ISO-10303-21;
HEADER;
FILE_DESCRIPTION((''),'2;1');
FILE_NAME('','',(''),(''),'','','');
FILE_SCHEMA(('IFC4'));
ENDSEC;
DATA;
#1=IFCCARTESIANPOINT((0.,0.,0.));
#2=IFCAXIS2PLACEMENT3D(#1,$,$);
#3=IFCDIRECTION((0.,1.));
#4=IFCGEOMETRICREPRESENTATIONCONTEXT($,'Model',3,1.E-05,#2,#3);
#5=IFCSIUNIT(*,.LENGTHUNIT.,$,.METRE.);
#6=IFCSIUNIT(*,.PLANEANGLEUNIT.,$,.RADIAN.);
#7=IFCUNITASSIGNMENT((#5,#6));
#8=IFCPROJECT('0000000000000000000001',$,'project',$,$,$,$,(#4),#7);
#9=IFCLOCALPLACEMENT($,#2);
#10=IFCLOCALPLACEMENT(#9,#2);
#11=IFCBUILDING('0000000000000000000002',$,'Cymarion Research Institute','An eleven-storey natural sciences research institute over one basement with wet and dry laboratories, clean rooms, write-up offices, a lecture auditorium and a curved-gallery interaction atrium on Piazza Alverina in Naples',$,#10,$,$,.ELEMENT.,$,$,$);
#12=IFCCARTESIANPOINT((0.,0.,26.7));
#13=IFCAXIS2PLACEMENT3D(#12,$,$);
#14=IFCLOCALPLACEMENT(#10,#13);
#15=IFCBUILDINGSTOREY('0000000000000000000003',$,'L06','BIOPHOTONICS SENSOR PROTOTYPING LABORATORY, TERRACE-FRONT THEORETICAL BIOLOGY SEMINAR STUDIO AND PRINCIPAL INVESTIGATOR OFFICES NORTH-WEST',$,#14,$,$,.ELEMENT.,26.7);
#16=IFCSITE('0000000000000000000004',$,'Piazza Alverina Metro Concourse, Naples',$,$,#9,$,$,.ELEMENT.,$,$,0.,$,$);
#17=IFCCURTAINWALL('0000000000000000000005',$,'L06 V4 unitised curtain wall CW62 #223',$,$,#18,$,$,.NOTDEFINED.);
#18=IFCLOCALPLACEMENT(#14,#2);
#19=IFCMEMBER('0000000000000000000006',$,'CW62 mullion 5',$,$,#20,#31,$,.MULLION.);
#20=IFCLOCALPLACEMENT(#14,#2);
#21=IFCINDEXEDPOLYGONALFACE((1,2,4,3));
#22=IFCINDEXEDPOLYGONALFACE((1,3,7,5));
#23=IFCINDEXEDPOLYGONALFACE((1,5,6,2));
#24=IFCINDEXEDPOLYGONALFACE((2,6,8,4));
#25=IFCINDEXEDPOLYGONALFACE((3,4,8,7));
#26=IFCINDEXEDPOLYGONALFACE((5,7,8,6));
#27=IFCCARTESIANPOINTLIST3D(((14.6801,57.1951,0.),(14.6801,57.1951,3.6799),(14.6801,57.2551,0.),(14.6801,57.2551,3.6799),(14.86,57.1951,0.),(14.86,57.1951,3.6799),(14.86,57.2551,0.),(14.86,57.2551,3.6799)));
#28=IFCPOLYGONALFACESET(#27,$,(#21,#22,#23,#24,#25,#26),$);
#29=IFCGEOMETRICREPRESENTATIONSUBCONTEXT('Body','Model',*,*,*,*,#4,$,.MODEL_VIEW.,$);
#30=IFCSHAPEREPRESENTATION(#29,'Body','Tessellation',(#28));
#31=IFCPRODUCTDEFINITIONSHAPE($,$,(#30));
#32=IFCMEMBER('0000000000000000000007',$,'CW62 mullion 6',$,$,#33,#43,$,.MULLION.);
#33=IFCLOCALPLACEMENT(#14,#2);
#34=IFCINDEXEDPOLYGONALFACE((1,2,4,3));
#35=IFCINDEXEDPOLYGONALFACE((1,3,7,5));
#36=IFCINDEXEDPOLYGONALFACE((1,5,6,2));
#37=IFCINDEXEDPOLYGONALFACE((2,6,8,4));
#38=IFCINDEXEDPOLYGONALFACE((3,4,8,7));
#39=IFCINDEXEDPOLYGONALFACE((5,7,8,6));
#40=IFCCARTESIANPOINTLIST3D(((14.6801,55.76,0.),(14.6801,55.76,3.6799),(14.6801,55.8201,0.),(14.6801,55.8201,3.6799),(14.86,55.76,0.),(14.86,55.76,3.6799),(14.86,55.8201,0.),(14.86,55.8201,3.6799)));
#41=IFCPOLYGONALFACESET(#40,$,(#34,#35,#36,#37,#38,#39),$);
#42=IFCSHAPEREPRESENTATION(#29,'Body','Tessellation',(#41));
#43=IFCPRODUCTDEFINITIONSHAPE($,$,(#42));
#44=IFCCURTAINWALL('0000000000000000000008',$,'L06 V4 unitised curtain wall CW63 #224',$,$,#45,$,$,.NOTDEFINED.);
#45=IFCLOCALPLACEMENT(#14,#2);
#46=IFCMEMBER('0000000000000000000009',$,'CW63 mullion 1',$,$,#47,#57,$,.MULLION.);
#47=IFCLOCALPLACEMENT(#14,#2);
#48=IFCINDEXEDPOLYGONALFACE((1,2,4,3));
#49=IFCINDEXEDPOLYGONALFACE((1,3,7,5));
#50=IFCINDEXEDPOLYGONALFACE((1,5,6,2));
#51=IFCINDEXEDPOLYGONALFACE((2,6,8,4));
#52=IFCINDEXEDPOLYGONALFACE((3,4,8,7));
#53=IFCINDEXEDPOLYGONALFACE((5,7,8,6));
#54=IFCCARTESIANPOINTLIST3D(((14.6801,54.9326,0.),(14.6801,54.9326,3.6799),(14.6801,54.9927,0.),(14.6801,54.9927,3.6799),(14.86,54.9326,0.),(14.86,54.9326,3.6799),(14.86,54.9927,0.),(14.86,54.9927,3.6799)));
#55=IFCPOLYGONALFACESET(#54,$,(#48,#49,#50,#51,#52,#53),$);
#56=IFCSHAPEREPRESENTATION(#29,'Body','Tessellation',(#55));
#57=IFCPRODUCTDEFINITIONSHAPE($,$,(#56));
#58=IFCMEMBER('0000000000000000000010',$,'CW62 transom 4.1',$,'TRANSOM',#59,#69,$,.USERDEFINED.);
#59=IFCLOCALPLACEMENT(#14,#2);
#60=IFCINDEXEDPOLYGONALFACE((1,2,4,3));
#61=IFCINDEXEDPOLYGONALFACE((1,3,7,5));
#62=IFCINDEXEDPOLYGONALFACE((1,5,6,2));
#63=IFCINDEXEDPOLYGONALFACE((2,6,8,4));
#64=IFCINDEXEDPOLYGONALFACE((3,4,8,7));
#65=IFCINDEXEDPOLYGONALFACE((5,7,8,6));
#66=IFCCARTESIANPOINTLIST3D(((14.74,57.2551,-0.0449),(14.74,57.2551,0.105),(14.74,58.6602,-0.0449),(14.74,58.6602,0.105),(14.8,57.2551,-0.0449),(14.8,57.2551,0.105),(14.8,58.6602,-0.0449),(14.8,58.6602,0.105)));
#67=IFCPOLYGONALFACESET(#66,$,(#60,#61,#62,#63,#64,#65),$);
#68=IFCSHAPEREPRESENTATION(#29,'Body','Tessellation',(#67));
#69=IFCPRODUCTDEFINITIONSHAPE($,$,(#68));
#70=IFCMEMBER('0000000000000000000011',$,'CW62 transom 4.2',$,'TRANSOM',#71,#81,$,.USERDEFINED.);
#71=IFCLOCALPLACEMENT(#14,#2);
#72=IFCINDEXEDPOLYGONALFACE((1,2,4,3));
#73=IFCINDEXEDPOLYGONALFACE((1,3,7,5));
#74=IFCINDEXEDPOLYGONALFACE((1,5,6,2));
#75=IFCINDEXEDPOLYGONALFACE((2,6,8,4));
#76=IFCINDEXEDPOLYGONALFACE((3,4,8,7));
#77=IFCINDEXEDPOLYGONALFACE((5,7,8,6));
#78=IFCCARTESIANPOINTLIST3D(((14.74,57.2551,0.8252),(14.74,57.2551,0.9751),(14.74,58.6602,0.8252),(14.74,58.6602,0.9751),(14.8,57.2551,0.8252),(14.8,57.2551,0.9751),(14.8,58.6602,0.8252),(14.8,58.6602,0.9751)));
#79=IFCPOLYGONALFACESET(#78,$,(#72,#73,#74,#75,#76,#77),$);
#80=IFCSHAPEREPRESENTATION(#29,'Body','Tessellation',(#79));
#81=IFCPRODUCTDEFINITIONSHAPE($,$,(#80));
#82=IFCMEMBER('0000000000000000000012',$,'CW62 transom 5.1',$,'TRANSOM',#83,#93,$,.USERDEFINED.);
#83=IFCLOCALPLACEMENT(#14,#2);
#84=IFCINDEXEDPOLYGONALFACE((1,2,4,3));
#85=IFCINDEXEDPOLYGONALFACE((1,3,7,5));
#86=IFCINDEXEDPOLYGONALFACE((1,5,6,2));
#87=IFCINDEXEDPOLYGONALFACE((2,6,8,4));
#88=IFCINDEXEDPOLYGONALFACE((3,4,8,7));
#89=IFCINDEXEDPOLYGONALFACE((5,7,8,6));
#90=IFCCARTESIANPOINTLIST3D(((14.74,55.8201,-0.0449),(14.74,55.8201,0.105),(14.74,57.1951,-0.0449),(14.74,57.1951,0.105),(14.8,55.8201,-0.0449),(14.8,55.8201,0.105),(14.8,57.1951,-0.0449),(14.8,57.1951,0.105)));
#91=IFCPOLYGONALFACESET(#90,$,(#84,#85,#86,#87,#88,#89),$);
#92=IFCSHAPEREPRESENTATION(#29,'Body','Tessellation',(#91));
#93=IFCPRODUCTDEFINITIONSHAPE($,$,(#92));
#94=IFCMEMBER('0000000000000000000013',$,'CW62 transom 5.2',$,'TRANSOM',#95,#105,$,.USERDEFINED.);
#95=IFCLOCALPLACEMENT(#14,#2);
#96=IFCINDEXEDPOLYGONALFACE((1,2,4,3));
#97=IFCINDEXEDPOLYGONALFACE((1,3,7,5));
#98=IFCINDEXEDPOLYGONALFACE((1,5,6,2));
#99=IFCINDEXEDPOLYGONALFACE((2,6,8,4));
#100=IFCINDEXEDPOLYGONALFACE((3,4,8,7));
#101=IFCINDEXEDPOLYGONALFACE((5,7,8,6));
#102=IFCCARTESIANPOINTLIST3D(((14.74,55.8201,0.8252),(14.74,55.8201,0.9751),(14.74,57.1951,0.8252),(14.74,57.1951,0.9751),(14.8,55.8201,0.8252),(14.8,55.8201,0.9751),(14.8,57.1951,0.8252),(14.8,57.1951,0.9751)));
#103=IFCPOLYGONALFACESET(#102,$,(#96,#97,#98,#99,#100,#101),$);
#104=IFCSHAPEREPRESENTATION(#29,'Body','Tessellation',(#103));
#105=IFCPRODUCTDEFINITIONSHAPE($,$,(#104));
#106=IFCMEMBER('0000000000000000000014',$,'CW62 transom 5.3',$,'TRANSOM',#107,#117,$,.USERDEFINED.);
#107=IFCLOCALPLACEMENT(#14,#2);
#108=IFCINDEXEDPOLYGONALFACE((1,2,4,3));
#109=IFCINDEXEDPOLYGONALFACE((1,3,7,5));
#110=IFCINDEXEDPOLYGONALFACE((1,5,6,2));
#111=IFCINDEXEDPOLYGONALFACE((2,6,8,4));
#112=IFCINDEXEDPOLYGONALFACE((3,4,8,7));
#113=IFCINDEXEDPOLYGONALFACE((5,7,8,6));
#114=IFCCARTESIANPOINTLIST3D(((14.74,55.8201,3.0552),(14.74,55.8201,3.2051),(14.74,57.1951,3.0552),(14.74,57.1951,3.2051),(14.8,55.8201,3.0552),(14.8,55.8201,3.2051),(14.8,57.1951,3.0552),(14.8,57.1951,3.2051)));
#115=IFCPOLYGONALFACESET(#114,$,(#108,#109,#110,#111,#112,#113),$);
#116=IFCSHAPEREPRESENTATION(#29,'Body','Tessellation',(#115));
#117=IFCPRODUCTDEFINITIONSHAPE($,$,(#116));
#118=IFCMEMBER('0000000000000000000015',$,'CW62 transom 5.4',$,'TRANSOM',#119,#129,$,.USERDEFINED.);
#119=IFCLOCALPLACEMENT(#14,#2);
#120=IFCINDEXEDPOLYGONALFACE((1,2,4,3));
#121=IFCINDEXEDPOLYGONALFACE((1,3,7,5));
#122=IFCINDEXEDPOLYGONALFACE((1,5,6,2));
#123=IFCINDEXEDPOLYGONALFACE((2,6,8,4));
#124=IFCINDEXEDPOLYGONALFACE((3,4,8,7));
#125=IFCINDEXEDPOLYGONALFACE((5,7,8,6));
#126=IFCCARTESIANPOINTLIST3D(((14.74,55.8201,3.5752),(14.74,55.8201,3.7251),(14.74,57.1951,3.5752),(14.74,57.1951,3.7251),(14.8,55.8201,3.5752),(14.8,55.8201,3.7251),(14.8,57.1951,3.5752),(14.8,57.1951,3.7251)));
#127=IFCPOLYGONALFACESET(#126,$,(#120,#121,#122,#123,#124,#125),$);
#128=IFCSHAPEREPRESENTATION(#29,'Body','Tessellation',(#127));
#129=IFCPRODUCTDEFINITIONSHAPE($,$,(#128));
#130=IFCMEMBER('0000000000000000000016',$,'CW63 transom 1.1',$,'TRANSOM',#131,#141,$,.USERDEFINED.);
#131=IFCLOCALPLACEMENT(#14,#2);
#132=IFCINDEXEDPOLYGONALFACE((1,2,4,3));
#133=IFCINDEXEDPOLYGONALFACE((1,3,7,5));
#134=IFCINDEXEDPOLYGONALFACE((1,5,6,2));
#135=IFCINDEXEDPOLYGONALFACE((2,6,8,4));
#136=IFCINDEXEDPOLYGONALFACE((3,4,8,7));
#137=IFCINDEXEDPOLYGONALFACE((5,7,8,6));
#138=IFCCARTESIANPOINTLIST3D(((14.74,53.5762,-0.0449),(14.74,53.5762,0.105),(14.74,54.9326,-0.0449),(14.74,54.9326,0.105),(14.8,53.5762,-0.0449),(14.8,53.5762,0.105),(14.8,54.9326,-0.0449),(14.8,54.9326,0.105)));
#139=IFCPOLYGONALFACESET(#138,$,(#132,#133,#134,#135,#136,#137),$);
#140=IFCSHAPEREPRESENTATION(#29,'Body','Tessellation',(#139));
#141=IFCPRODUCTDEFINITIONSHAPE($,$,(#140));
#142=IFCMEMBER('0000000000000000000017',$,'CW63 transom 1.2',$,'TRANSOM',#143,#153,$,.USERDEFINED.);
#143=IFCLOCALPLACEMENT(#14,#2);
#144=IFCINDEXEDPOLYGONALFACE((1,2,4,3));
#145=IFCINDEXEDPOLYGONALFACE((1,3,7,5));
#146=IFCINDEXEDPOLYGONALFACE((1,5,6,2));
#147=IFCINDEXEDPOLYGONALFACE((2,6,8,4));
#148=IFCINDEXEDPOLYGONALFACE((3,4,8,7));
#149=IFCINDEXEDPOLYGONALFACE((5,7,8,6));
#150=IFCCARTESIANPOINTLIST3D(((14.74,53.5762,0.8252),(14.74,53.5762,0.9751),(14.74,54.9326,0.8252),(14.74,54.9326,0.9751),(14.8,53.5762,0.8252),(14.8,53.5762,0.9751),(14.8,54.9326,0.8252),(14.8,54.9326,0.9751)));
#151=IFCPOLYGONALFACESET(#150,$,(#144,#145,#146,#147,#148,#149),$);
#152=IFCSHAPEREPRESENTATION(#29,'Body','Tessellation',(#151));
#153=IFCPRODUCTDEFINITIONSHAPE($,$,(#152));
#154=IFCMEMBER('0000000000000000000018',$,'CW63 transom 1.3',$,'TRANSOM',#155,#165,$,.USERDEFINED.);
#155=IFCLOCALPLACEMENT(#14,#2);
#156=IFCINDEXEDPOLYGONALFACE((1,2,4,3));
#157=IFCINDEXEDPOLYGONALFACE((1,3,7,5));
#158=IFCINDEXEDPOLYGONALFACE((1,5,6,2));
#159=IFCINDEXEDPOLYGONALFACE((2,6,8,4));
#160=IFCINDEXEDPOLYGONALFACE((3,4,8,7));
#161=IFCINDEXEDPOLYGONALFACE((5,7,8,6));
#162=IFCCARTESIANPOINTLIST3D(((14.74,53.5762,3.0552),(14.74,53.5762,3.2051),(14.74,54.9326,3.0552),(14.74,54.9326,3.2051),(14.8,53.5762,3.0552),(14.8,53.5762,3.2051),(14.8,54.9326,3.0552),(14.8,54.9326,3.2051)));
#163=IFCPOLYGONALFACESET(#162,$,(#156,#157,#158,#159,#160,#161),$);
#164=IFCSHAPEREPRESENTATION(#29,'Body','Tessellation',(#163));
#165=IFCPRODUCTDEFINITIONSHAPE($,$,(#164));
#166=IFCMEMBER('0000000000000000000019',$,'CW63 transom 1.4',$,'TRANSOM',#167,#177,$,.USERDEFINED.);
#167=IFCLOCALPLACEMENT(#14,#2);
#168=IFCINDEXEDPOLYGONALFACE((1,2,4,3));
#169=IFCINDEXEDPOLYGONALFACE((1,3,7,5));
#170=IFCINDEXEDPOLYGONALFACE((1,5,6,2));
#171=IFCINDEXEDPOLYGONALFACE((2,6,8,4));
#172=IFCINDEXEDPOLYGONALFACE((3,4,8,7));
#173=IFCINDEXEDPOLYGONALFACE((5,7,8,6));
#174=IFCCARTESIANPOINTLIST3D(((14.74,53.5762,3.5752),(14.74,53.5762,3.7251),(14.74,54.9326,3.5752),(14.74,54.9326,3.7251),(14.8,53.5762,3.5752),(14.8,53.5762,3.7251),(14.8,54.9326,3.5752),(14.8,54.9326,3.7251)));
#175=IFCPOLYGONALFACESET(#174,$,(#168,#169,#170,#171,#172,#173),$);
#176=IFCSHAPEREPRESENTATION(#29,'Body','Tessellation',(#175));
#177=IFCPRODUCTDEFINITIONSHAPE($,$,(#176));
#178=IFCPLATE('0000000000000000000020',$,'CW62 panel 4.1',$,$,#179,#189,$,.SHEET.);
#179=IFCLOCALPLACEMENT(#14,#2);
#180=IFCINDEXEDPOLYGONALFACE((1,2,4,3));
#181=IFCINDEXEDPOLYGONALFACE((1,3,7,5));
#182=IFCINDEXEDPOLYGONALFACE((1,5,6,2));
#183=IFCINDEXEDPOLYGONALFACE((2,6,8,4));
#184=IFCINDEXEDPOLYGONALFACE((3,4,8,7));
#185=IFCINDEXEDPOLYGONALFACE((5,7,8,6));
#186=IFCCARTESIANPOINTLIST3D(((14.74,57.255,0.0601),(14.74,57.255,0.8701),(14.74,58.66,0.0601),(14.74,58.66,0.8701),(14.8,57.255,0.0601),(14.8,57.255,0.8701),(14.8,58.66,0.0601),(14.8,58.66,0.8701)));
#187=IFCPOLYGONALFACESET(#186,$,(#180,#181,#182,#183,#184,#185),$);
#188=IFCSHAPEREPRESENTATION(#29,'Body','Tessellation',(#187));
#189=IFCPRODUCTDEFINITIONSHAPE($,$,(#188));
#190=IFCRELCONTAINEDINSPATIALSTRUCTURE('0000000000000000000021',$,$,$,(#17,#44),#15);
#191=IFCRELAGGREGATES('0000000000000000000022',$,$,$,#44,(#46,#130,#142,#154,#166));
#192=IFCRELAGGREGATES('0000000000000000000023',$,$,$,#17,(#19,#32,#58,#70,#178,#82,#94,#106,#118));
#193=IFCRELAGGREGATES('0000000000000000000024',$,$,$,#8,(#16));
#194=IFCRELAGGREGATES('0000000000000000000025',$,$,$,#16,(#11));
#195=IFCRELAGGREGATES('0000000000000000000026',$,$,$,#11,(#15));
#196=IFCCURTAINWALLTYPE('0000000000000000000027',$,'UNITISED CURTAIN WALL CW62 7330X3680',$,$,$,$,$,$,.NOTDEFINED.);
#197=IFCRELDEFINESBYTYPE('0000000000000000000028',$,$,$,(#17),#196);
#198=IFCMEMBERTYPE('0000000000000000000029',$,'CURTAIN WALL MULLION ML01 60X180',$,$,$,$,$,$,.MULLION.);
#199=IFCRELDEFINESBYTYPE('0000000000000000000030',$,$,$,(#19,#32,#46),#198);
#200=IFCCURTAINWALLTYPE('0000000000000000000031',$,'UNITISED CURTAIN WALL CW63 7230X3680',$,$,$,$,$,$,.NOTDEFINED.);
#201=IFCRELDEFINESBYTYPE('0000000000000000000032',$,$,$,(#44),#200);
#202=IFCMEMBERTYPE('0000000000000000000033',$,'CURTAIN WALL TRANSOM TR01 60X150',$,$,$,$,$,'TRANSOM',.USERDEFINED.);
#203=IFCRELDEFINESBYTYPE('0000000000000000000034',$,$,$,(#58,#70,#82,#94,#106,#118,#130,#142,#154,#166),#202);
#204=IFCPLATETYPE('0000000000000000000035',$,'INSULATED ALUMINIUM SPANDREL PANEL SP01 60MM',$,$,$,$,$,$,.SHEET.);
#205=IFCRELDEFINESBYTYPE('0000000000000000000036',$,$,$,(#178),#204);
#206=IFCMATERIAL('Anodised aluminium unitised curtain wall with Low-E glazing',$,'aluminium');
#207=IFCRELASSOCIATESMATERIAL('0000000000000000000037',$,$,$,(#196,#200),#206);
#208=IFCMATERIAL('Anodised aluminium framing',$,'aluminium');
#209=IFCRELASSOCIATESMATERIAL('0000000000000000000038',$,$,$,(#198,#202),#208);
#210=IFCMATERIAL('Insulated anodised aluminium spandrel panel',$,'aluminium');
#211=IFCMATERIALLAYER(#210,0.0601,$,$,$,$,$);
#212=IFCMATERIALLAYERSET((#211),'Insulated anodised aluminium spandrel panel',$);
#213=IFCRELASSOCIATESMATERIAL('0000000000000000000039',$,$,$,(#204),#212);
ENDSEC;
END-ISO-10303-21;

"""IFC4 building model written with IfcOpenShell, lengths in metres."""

from ifc_helpers import new_model, si_unit, direction, frame, origin, origin_2d, place, context, subcontext, project, spatial, rectangle, extrude, material, layer, layer_set, material_profile, profile_set, type_object, element, aggregate, save


model = new_model("IFC4")

# Units and contexts
model_context = context("Model", 3, precision=1e-05, world=origin(), true_north=direction((0.0, 1.0)))
body_context = subcontext(model_context, "Body", "Model", "MODEL_VIEW")
ifc_project = project(units=[si_unit("LENGTHUNIT", "METRE"), si_unit("PLANEANGLEUNIT", "RADIAN")], contexts=[model_context])

# Site, building, storey
site_placement = place(None, origin())
site = spatial("IfcSite", under=ifc_project, at=site_placement, Name="Piazza Alverina Metro Concourse, Naples", CompositionType="ELEMENT", RefElevation=0.0)
building_placement = place(site_placement, origin())
building = spatial("IfcBuilding", under=site, at=building_placement, Name="Cymarion Research Institute", Description="An eleven-storey natural sciences research institute over one basement with wet and dry laboratories, clean rooms, write-up offices, a lecture auditorium and a curved-gallery interaction atrium on Piazza Alverina in Naples", CompositionType="ELEMENT")
storey_placement = place(building_placement, frame((0.0, 0.0, 26.7)))
storey = spatial("IfcBuildingStorey", under=building, at=storey_placement, Name="L06", Description="BIOPHOTONICS SENSOR PROTOTYPING LABORATORY, TERRACE-FRONT THEORETICAL BIOLOGY SEMINAR STUDIO AND PRINCIPAL INVESTIGATOR OFFICES NORTH-WEST", CompositionType="ELEMENT", Elevation=26.7)

# Curtain wall, members
ifc_material_1 = material(Name="Anodised aluminium unitised curtain wall with Low-E glazing", Category="aluminium")
curtain_wall_type_1 = type_object("IfcCurtainWallType", Name="UNITISED CURTAIN WALL CW62 7330X3680", PredefinedType="NOTDEFINED", material=ifc_material_1)
curtain_wall_1_placement = place(storey_placement, origin())
curtain_wall_1 = element("IfcCurtainWall", 1, at=curtain_wall_1_placement, inside=storey, type_object=curtain_wall_type_1, Name="L06 V4 unitised curtain wall CW62 #223", PredefinedType="NOTDEFINED")
ifc_material_2 = material(Name="Anodised aluminium framing", Category="aluminium")
ifc_material_profile_1 = material_profile(ifc_material_2, rectangle(XDim=0.0601, YDim=0.1799, at=origin_2d()), Name="ALU MULLION 60x180")
ifc_profile_set_1 = profile_set([ifc_material_profile_1], Name="Anodised aluminium framing")
member_type_1 = type_object("IfcMemberType", Name="CURTAIN WALL MULLION ML01 60X180", PredefinedType="MULLION", material=ifc_profile_set_1)
member_1_placement = place(storey_placement, frame((14.77, 57.2251, 0.0), z_axis=(0.0, 0.0, 1.0), x_axis=(0.0, -1.0, 0.0)))
member_1 = element("IfcMember", 2, at=member_1_placement, type_object=member_type_1, Name="CW62 mullion 5", PredefinedType="MULLION", context=body_context, shape_type="SweptSolid", body=[
    extrude(rectangle(XDim=0.0601, YDim=0.1799, at=origin_2d()), origin(), (0.0, 0.0, 1.0), 3.6799),
])
member_2_placement = place(storey_placement, frame((14.77, 55.79, 0.0), z_axis=(0.0, 0.0, 1.0), x_axis=(0.0, -1.0, 0.0)))
member_2 = element("IfcMember", 3, at=member_2_placement, type_object=member_type_1, Name="CW62 mullion 6", PredefinedType="MULLION", context=body_context, shape_type="SweptSolid", body=[
    extrude(rectangle(XDim=0.0601, YDim=0.1799, at=origin_2d()), origin(), (0.0, 0.0, 1.0), 3.6799),
])

# Curtain wall, member
curtain_wall_type_2 = type_object("IfcCurtainWallType", Name="UNITISED CURTAIN WALL CW63 7230X3680", PredefinedType="NOTDEFINED", material=ifc_material_1)
curtain_wall_2_placement = place(storey_placement, origin())
curtain_wall_2 = element("IfcCurtainWall", 4, at=curtain_wall_2_placement, inside=storey, type_object=curtain_wall_type_2, Name="L06 V4 unitised curtain wall CW63 #224", PredefinedType="NOTDEFINED")
member_3_placement = place(storey_placement, frame((14.77, 54.9626, 0.0), z_axis=(0.0, 0.0, 1.0), x_axis=(0.0, -1.0, 0.0)))
member_3 = element("IfcMember", 5, at=member_3_placement, type_object=member_type_1, Name="CW63 mullion 1", PredefinedType="MULLION", context=body_context, shape_type="SweptSolid", body=[
    extrude(rectangle(XDim=0.0601, YDim=0.1799, at=origin_2d()), origin(), (0.0, 0.0, 1.0), 3.6799),
])

# Members
ifc_material_profile_2 = material_profile(ifc_material_2, rectangle(XDim=0.0601, YDim=0.1499, at=origin_2d()), Name="ALU TRANSOM 60x150")
ifc_profile_set_2 = profile_set([ifc_material_profile_2], Name="Anodised aluminium framing")
member_type_2 = type_object("IfcMemberType", Name="CURTAIN WALL TRANSOM TR01 60X150", ElementType="TRANSOM", PredefinedType="USERDEFINED", material=ifc_profile_set_2)
member_4_placement = place(storey_placement, frame((14.77, 58.6602, 0.03), z_axis=(0.0, -1.0, 0.0), x_axis=(1.0, 0.0, 0.0)))
member_4 = element("IfcMember", 6, at=member_4_placement, type_object=member_type_2, Name="CW62 transom 4.1", ObjectType="TRANSOM", PredefinedType="USERDEFINED", context=body_context, shape_type="SweptSolid", body=[
    extrude(rectangle(XDim=0.0601, YDim=0.1499, at=origin_2d()), origin(), (0.0, 0.0, 1.0), 1.405),
])
member_5_placement = place(storey_placement, frame((14.77, 58.6602, 0.9001), z_axis=(0.0, -1.0, 0.0), x_axis=(1.0, 0.0, 0.0)))
member_5 = element("IfcMember", 7, at=member_5_placement, type_object=member_type_2, Name="CW62 transom 4.2", ObjectType="TRANSOM", PredefinedType="USERDEFINED", context=body_context, shape_type="SweptSolid", body=[
    extrude(rectangle(XDim=0.0601, YDim=0.1499, at=origin_2d()), origin(), (0.0, 0.0, 1.0), 1.405),
])
member_6_placement = place(storey_placement, frame((14.77, 57.1951, 0.03), z_axis=(0.0, -1.0, 0.0), x_axis=(1.0, 0.0, 0.0)))
member_6 = element("IfcMember", 8, at=member_6_placement, type_object=member_type_2, Name="CW62 transom 5.1", ObjectType="TRANSOM", PredefinedType="USERDEFINED", context=body_context, shape_type="SweptSolid", body=[
    extrude(rectangle(XDim=0.0601, YDim=0.1499, at=origin_2d()), origin(), (0.0, 0.0, 1.0), 1.375),
])
member_7_placement = place(storey_placement, frame((14.77, 57.1951, 0.9001), z_axis=(0.0, -1.0, 0.0), x_axis=(1.0, 0.0, 0.0)))
member_7 = element("IfcMember", 9, at=member_7_placement, type_object=member_type_2, Name="CW62 transom 5.2", ObjectType="TRANSOM", PredefinedType="USERDEFINED", context=body_context, shape_type="SweptSolid", body=[
    extrude(rectangle(XDim=0.0601, YDim=0.1499, at=origin_2d()), origin(), (0.0, 0.0, 1.0), 1.375),
])
member_8_placement = place(storey_placement, frame((14.77, 57.1951, 3.1301), z_axis=(0.0, -1.0, 0.0), x_axis=(1.0, 0.0, 0.0)))
member_8 = element("IfcMember", 10, at=member_8_placement, type_object=member_type_2, Name="CW62 transom 5.3", ObjectType="TRANSOM", PredefinedType="USERDEFINED", context=body_context, shape_type="SweptSolid", body=[
    extrude(rectangle(XDim=0.0601, YDim=0.1499, at=origin_2d()), origin(), (0.0, 0.0, 1.0), 1.375),
])
member_9_placement = place(storey_placement, frame((14.77, 57.1951, 3.6501), z_axis=(0.0, -1.0, 0.0), x_axis=(1.0, 0.0, 0.0)))
member_9 = element("IfcMember", 11, at=member_9_placement, type_object=member_type_2, Name="CW62 transom 5.4", ObjectType="TRANSOM", PredefinedType="USERDEFINED", context=body_context, shape_type="SweptSolid", body=[
    extrude(rectangle(XDim=0.0601, YDim=0.1499, at=origin_2d()), origin(), (0.0, 0.0, 1.0), 1.375),
])
member_10_placement = place(storey_placement, frame((14.77, 54.9326, 0.03), z_axis=(0.0, -1.0, 0.0), x_axis=(1.0, 0.0, 0.0)))
member_10 = element("IfcMember", 12, at=member_10_placement, type_object=member_type_2, Name="CW63 transom 1.1", ObjectType="TRANSOM", PredefinedType="USERDEFINED", context=body_context, shape_type="SweptSolid", body=[
    extrude(rectangle(XDim=0.0601, YDim=0.1499, at=origin_2d()), origin(), (0.0, 0.0, 1.0), 1.3564),
])
member_11_placement = place(storey_placement, frame((14.77, 54.9326, 0.9001), z_axis=(0.0, -1.0, 0.0), x_axis=(1.0, 0.0, 0.0)))
member_11 = element("IfcMember", 13, at=member_11_placement, type_object=member_type_2, Name="CW63 transom 1.2", ObjectType="TRANSOM", PredefinedType="USERDEFINED", context=body_context, shape_type="SweptSolid", body=[
    extrude(rectangle(XDim=0.0601, YDim=0.1499, at=origin_2d()), origin(), (0.0, 0.0, 1.0), 1.3564),
])
member_12_placement = place(storey_placement, frame((14.77, 54.9326, 3.1301), z_axis=(0.0, -1.0, 0.0), x_axis=(1.0, 0.0, 0.0)))
member_12 = element("IfcMember", 14, at=member_12_placement, type_object=member_type_2, Name="CW63 transom 1.3", ObjectType="TRANSOM", PredefinedType="USERDEFINED", context=body_context, shape_type="SweptSolid", body=[
    extrude(rectangle(XDim=0.0601, YDim=0.1499, at=origin_2d()), origin(), (0.0, 0.0, 1.0), 1.3564),
])
member_13_placement = place(storey_placement, frame((14.77, 54.9326, 3.6501), z_axis=(0.0, -1.0, 0.0), x_axis=(1.0, 0.0, 0.0)))
member_13 = element("IfcMember", 15, at=member_13_placement, type_object=member_type_2, Name="CW63 transom 1.4", ObjectType="TRANSOM", PredefinedType="USERDEFINED", context=body_context, shape_type="SweptSolid", body=[
    extrude(rectangle(XDim=0.0601, YDim=0.1499, at=origin_2d()), origin(), (0.0, 0.0, 1.0), 1.3564),
])

# Plate
ifc_material_3 = material(Name="Insulated anodised aluminium spandrel panel", Category="aluminium")
ifc_layer_1 = layer(ifc_material_3, 0.0601)
ifc_layer_set_1 = layer_set([ifc_layer_1], Name="Insulated anodised aluminium spandrel panel")
plate_type_1 = type_object("IfcPlateType", Name="INSULATED ALUMINIUM SPANDREL PANEL SP01 60MM", PredefinedType="SHEET", material=ifc_layer_set_1)
plate_1_placement = place(storey_placement, frame((14.77, 57.9575, 0.0601), z_axis=(0.0, 0.0, 1.0), x_axis=(0.0, -1.0, 0.0)))
plate_1 = element("IfcPlate", 16, at=plate_1_placement, type_object=plate_type_1, Name="CW62 panel 4.1", PredefinedType="SHEET", context=body_context, shape_type="SweptSolid", body=[
    extrude(rectangle(XDim=1.405, YDim=0.0601, at=origin_2d()), origin(), (0.0, 0.0, 1.0), 0.8101),
])
aggregate(curtain_wall_2, [member_3, member_10, member_11, member_12, member_13])
aggregate(curtain_wall_1, [member_1, member_2, member_4, member_5, plate_1, member_6, member_7, member_8, member_9])

save(model, "model.ifc")
